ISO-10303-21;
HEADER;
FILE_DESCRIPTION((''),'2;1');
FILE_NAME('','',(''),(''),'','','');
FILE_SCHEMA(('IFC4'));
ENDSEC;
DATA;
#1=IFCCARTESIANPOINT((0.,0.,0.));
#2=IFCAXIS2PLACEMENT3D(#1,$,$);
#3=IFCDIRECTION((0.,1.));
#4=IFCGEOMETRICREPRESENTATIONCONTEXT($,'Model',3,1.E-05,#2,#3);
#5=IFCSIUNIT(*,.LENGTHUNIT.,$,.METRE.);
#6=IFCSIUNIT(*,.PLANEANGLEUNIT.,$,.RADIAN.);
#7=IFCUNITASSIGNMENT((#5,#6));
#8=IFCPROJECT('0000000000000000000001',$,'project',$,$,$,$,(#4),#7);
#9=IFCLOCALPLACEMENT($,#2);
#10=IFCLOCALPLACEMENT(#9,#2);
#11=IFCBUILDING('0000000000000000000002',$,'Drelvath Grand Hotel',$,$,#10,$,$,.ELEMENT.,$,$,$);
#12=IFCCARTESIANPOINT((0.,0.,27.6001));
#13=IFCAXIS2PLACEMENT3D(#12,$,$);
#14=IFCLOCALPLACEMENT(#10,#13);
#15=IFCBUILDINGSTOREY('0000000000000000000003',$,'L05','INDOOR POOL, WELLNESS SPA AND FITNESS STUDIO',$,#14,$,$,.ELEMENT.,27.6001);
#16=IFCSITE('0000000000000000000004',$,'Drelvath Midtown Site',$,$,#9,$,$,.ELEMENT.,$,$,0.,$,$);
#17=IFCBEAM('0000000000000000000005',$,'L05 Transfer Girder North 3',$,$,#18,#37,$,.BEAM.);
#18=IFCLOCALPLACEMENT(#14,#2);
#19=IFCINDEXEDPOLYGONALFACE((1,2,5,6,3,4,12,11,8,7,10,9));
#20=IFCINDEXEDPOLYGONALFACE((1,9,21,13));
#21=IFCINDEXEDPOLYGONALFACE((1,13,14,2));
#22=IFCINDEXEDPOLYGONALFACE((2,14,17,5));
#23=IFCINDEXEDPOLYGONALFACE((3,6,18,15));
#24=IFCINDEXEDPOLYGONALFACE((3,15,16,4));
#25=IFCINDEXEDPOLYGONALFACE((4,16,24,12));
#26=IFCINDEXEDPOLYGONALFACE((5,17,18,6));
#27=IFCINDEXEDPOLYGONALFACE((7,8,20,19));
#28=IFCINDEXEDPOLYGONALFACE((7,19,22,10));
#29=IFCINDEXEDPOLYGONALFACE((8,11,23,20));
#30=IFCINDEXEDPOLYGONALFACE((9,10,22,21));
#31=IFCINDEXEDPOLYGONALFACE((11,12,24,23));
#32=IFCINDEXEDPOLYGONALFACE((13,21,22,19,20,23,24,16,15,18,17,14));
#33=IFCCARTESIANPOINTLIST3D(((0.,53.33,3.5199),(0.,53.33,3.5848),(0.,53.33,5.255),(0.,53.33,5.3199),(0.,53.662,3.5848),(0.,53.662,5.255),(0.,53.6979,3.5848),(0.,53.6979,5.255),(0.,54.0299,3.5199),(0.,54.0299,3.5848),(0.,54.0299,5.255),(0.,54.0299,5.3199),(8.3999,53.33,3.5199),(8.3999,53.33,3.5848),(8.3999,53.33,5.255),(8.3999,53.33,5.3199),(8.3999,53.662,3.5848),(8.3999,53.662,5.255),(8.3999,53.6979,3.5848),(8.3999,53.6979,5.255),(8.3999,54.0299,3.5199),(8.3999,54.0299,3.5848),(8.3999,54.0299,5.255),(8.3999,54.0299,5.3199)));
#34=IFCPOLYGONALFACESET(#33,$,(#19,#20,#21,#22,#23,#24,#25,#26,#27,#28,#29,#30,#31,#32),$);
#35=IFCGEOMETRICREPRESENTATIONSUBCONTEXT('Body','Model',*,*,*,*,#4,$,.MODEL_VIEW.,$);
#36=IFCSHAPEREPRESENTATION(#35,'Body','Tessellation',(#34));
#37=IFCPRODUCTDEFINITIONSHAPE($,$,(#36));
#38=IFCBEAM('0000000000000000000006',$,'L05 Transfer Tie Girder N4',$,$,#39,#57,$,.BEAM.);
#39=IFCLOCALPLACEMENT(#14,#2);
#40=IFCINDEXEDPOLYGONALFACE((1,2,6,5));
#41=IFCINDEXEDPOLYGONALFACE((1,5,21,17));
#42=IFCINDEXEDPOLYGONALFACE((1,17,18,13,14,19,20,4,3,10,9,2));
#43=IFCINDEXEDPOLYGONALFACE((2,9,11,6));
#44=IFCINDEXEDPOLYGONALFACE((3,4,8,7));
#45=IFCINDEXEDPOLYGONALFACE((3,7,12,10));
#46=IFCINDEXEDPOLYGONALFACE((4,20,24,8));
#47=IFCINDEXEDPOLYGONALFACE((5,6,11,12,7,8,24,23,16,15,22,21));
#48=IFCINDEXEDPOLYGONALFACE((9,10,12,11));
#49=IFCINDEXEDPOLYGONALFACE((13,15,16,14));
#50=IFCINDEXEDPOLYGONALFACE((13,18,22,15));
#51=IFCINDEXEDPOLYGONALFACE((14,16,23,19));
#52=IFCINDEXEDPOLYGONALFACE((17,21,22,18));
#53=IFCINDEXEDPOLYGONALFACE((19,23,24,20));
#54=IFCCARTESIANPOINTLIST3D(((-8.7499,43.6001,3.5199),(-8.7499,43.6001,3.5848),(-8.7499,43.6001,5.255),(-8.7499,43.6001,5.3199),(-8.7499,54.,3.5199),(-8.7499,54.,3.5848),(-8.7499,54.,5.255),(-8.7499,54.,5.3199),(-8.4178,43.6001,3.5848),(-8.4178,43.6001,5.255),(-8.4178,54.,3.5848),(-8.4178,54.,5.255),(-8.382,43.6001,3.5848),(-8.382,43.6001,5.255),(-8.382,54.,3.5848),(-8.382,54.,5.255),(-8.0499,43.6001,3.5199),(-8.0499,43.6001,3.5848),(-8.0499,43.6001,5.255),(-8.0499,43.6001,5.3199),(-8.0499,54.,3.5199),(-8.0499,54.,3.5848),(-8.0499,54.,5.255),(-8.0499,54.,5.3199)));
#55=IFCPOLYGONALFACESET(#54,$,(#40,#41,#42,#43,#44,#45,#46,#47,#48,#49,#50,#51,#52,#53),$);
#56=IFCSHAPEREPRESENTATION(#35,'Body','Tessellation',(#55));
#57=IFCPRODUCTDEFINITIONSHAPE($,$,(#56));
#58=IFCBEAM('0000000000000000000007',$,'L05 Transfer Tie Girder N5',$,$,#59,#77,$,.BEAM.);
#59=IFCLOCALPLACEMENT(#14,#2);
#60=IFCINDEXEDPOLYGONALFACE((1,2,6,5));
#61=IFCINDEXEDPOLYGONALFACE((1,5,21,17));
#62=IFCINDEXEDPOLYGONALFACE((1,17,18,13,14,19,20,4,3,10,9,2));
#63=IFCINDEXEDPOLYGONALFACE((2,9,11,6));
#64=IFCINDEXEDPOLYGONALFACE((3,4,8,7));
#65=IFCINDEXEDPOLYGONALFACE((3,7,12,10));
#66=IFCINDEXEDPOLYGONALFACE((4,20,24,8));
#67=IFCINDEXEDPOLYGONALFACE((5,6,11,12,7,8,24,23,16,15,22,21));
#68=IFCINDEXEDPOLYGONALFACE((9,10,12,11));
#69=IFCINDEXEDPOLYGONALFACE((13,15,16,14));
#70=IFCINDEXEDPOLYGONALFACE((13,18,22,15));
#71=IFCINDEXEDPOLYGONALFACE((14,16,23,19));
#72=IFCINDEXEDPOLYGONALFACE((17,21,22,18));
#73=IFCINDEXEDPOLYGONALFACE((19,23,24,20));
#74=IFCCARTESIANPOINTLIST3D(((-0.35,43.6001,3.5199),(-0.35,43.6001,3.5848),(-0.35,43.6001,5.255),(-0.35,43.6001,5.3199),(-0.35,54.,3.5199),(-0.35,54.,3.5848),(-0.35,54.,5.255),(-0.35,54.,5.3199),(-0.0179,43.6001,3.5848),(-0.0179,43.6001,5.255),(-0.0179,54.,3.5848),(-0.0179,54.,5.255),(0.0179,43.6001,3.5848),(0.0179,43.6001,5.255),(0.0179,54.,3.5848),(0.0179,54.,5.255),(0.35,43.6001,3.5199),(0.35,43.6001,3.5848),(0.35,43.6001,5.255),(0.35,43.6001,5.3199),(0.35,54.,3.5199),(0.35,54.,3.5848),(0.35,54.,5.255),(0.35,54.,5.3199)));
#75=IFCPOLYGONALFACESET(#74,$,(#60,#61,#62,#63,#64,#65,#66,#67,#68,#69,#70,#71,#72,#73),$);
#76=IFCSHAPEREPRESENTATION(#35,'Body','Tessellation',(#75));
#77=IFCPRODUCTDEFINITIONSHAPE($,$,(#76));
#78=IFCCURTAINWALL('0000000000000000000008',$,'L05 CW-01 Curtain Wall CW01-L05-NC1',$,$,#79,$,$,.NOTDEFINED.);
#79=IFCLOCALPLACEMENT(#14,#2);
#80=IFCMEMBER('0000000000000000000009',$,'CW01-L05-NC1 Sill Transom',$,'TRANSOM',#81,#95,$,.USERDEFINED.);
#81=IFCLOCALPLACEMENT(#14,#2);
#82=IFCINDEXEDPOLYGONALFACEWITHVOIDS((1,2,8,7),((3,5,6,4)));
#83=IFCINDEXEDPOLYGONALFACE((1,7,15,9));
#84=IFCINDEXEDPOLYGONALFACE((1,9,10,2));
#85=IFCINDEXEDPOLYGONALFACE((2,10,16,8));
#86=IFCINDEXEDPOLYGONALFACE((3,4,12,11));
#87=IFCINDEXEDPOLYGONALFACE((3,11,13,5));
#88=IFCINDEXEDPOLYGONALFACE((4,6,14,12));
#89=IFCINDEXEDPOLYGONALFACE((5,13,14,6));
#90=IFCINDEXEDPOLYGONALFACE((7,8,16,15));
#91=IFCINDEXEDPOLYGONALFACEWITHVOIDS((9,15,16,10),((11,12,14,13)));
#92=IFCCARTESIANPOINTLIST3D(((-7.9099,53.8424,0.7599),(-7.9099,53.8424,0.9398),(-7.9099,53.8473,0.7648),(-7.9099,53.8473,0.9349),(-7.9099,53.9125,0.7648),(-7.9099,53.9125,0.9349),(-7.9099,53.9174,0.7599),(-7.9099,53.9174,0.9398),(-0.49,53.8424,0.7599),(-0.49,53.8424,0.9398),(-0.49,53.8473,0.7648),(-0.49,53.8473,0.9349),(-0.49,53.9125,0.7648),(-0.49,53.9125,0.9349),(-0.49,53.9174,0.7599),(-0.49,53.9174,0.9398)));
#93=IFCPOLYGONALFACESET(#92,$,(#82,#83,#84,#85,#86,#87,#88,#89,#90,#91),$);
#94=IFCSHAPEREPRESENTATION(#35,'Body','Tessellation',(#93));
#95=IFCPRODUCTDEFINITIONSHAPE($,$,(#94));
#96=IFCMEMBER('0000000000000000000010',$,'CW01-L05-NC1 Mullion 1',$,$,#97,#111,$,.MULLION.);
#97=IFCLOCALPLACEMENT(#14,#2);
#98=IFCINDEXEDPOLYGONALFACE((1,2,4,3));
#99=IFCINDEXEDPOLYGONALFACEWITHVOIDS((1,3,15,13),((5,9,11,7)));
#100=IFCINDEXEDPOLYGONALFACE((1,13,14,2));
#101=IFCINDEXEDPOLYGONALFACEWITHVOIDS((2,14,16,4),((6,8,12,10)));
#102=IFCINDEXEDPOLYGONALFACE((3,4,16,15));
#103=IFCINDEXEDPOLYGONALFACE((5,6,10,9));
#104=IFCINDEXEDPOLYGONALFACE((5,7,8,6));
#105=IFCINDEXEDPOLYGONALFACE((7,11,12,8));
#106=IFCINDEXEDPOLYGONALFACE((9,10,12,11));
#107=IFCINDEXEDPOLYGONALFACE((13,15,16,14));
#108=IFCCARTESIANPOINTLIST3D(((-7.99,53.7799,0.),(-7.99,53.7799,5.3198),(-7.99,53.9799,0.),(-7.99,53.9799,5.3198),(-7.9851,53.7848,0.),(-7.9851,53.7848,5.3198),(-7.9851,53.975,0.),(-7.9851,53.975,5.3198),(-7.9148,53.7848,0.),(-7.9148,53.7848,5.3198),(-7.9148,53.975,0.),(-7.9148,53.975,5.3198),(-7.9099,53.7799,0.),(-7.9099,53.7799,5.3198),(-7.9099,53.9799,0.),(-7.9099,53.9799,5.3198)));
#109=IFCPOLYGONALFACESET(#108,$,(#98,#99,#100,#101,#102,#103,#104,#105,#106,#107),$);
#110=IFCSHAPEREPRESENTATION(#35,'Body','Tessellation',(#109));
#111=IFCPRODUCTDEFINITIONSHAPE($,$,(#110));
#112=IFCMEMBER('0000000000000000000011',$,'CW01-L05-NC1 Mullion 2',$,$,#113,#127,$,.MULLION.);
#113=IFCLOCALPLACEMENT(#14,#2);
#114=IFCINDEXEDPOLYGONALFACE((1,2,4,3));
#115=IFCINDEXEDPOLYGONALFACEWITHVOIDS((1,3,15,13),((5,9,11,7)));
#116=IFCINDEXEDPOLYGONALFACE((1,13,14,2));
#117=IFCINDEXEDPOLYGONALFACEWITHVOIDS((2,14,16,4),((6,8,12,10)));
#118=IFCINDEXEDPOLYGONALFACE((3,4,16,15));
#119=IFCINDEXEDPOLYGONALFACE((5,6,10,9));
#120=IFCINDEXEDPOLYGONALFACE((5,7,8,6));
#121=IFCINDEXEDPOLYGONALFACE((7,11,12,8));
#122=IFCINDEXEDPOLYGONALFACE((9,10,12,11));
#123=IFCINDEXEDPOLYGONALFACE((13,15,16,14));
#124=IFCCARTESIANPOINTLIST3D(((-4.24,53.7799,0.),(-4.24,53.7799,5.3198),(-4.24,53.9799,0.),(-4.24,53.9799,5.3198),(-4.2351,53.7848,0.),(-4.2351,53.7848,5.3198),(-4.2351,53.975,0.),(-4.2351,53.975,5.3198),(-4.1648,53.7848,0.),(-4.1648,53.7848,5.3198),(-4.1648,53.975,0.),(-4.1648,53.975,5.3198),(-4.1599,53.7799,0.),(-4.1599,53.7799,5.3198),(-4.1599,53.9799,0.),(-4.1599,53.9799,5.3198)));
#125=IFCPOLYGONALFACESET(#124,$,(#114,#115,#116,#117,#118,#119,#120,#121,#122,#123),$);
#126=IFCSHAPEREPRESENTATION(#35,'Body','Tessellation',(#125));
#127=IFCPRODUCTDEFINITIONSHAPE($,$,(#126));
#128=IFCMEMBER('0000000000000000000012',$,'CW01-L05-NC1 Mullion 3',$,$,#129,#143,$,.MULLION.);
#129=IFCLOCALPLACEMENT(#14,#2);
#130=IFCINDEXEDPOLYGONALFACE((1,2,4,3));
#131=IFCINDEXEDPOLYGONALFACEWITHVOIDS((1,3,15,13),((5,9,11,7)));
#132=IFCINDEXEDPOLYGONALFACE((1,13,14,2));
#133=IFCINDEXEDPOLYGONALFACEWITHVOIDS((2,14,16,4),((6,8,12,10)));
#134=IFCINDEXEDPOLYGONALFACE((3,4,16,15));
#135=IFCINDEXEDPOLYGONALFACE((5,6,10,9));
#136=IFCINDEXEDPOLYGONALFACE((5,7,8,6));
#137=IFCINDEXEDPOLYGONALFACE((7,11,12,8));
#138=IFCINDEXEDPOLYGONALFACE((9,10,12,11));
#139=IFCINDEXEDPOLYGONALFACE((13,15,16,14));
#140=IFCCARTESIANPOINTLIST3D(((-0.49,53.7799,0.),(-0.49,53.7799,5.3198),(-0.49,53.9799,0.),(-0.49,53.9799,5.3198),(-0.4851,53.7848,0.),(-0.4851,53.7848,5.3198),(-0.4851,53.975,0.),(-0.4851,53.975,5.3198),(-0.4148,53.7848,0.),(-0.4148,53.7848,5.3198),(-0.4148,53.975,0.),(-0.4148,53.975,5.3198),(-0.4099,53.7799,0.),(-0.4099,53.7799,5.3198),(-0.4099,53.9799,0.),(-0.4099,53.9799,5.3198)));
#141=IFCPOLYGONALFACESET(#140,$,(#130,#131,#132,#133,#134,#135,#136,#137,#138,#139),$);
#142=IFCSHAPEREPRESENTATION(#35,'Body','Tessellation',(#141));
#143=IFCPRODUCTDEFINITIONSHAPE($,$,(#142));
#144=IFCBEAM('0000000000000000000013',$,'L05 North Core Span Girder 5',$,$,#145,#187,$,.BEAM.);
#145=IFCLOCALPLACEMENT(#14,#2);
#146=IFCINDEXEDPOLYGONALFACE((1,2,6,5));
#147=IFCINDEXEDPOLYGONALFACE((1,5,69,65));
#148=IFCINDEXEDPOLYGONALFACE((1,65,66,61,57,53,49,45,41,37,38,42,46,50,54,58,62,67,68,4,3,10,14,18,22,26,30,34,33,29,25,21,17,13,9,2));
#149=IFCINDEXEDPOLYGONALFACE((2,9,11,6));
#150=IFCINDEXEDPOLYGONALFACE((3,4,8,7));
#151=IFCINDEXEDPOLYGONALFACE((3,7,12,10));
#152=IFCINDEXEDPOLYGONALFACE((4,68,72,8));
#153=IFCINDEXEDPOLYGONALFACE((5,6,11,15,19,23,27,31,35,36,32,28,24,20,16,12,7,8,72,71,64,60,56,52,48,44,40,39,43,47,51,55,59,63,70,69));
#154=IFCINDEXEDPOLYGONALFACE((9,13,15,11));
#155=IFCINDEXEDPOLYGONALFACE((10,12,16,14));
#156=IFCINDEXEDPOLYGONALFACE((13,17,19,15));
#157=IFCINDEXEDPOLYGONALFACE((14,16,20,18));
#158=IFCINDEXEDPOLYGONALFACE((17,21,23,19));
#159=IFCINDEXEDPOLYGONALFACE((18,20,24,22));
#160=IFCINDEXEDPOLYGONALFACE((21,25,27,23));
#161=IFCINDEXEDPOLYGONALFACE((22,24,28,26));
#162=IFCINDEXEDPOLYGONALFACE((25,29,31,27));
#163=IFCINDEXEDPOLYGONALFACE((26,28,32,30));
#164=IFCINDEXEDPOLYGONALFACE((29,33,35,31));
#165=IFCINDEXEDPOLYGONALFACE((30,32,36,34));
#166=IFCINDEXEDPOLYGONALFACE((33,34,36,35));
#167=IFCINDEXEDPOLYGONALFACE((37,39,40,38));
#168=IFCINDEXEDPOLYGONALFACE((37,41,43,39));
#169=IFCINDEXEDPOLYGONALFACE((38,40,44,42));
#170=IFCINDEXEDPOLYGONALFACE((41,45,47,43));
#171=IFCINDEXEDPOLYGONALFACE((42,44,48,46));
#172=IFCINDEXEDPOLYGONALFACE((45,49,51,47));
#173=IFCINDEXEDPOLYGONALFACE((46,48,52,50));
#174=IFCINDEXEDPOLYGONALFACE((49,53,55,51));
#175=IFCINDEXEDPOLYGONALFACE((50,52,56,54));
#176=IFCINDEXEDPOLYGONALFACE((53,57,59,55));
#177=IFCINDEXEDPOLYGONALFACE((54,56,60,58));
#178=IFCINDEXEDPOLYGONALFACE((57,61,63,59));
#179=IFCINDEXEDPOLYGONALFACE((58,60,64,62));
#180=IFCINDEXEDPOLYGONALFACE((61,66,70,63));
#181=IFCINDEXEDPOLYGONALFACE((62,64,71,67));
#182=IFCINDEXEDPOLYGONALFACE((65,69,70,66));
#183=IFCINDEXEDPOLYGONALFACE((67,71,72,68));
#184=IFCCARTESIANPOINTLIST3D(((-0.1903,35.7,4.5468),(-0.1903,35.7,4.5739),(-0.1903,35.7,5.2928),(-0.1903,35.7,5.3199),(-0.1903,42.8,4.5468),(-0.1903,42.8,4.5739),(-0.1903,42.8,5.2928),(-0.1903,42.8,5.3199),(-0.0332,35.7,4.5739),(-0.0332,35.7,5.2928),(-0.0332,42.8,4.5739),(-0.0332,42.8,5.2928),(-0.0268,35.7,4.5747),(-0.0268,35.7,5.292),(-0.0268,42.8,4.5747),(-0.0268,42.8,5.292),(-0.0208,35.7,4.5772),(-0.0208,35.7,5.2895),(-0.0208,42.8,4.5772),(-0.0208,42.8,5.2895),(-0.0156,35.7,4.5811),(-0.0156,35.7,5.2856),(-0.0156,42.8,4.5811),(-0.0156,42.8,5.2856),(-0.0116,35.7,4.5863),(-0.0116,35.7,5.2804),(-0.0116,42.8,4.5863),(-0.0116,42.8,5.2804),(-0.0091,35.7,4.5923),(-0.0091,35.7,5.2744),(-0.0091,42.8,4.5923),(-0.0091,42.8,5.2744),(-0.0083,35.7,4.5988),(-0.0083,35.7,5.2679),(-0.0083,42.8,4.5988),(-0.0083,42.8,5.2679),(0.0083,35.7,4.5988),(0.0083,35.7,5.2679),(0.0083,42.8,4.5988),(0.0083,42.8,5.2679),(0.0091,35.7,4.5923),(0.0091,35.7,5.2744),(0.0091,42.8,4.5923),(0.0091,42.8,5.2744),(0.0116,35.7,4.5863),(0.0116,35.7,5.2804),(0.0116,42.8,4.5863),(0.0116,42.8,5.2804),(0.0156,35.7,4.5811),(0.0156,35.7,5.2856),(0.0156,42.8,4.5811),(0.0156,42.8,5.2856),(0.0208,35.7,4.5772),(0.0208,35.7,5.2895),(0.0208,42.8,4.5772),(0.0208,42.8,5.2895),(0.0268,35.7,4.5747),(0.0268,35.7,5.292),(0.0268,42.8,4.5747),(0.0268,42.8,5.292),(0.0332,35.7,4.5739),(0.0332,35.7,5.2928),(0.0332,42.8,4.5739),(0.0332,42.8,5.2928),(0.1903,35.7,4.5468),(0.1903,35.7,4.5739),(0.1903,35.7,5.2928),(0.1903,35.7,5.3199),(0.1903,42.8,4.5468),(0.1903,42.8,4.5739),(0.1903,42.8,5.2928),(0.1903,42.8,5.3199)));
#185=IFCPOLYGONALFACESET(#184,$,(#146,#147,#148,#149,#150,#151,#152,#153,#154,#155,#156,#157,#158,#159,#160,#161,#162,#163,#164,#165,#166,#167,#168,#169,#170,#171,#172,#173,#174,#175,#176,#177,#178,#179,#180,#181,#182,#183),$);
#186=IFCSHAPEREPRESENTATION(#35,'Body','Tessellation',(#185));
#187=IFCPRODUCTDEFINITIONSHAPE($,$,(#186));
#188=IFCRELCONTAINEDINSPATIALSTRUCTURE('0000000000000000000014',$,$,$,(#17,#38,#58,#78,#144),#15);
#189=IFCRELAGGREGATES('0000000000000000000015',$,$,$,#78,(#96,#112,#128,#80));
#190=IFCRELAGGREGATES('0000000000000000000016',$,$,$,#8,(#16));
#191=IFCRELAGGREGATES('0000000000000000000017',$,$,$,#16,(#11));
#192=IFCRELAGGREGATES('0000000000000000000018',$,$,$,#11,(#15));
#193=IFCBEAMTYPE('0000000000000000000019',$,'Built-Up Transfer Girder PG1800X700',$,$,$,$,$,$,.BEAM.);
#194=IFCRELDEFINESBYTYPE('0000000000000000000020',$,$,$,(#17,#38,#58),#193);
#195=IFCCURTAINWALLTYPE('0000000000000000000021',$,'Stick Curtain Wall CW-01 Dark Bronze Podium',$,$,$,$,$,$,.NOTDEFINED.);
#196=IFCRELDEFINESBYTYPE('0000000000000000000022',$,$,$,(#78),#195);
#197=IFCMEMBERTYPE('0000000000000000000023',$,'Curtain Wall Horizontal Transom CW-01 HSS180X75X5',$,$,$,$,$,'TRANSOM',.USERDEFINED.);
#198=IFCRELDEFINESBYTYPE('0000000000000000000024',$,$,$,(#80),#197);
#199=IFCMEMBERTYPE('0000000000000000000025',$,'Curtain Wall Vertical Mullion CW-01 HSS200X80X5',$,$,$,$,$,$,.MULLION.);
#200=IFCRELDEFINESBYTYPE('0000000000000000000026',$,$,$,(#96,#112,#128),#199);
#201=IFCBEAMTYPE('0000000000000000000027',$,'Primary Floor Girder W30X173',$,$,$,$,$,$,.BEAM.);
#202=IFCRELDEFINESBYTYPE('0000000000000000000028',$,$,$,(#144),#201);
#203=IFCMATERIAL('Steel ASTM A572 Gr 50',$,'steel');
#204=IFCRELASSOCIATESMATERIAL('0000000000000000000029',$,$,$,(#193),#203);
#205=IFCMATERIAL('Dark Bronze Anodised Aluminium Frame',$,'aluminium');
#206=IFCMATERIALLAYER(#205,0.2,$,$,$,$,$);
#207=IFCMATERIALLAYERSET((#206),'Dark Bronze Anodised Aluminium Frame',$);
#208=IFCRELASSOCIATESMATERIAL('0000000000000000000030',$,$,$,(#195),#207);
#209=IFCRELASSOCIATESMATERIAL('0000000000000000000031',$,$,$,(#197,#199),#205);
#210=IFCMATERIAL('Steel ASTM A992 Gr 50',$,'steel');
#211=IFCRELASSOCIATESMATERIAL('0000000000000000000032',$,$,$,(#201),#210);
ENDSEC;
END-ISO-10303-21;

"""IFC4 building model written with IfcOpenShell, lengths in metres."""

from ifc_helpers import new_model, si_unit, direction, frame, origin, origin_2d, place, context, subcontext, project, spatial, hollow_rectangle, i_section, extrude, material, layer, layer_set, material_profile, profile_set, type_object, element, aggregate, save


model = new_model("IFC4")

# Units and contexts
model_context = context("Model", 3, precision=1e-05, world=origin(), true_north=direction((0.0, 1.0)))
body_context = subcontext(model_context, "Body", "Model", "MODEL_VIEW")
ifc_project = project(units=[si_unit("LENGTHUNIT", "METRE"), si_unit("PLANEANGLEUNIT", "RADIAN")], contexts=[model_context])

# Site, building, storey
site_placement = place(None, origin())
site = spatial("IfcSite", under=ifc_project, at=site_placement, Name="Drelvath Midtown Site", CompositionType="ELEMENT", RefElevation=0.0)
building_placement = place(site_placement, origin())
building = spatial("IfcBuilding", under=site, at=building_placement, Name="Drelvath Grand Hotel", CompositionType="ELEMENT")
storey_placement = place(building_placement, frame((0.0, 0.0, 27.6001)))
storey = spatial("IfcBuildingStorey", under=building, at=storey_placement, Name="L05", Description="INDOOR POOL, WELLNESS SPA AND FITNESS STUDIO", CompositionType="ELEMENT", Elevation=27.6001)

# Beams
ifc_material_1 = material(Name="Steel ASTM A572 Gr 50", Category="steel")
ifc_material_profile_1 = material_profile(ifc_material_1, i_section(OverallWidth=0.7, OverallDepth=1.8, WebThickness=0.0359, FlangeThickness=0.0649, at=origin_2d()), Name="PG1800X700")
ifc_profile_set_1 = profile_set([ifc_material_profile_1], Name="Steel ASTM A572 Gr 50")
beam_type_1 = type_object("IfcBeamType", Name="Built-Up Transfer Girder PG1800X700", PredefinedType="BEAM", material=ifc_profile_set_1)
for number, where, z_axis, x_axis, name in (
    (1, (0.0, 53.6799, 4.4199), (1.0, 0.0, 0.0), (0.0, 1.0, 0.0), "L05 Transfer Girder North 3"),
):
    element("IfcBeam", number, at=place(storey_placement, frame(where, z_axis=z_axis, x_axis=x_axis)), inside=storey, type_object=beam_type_1, Name=name, PredefinedType="BEAM", context=body_context, shape_type="SweptSolid", body=[
        extrude(i_section(OverallWidth=0.7, OverallDepth=1.8, WebThickness=0.0359, FlangeThickness=0.0649, at=origin_2d()), origin(), (0.0, 0.0, 1.0), 8.3999),
    ])
for number, where, z_axis, x_axis, name in (
    (2, (-8.3999, 43.6001, 4.4199), (0.0, 1.0, 0.0), (-1.0, 0.0, 0.0), "L05 Transfer Tie Girder N4"),
    (3, (0.0, 43.6001, 4.4199), (0.0, 1.0, 0.0), (-1.0, 0.0, 0.0), "L05 Transfer Tie Girder N5"),
):
    element("IfcBeam", number, at=place(storey_placement, frame(where, z_axis=z_axis, x_axis=x_axis)), inside=storey, type_object=beam_type_1, Name=name, PredefinedType="BEAM", context=body_context, shape_type="SweptSolid", body=[
        extrude(i_section(OverallWidth=0.7, OverallDepth=1.8, WebThickness=0.0359, FlangeThickness=0.0649, at=origin_2d()), origin(), (0.0, 0.0, 1.0), 10.3999),
    ])

# Curtain wall, members
ifc_material_2 = material(Name="Dark Bronze Anodised Aluminium Frame", Category="aluminium")
ifc_layer_1 = layer(ifc_material_2, 0.2)
ifc_layer_set_1 = layer_set([ifc_layer_1], Name="Dark Bronze Anodised Aluminium Frame")
curtain_wall_type = type_object("IfcCurtainWallType", Name="Stick Curtain Wall CW-01 Dark Bronze Podium", PredefinedType="NOTDEFINED", material=ifc_layer_set_1)
curtain_wall_placement = place(storey_placement, origin())
curtain_wall = element("IfcCurtainWall", 4, at=curtain_wall_placement, inside=storey, type_object=curtain_wall_type, Name="L05 CW-01 Curtain Wall CW01-L05-NC1", PredefinedType="NOTDEFINED")
ifc_material_profile_2 = material_profile(ifc_material_2, hollow_rectangle(XDim=0.075, YDim=0.1799, WallThickness=0.0049, at=origin_2d()), Name="HSS180X75X5")
ifc_profile_set_2 = profile_set([ifc_material_profile_2], Name="Dark Bronze Anodised Aluminium Frame")
member_type_1 = type_object("IfcMemberType", Name="Curtain Wall Horizontal Transom CW-01 HSS180X75X5", ElementType="TRANSOM", PredefinedType="USERDEFINED", material=ifc_profile_set_2)
member_1_placement = place(storey_placement, frame((-7.9099, 53.8799, 0.8499), z_axis=(1.0, 0.0, 0.0), x_axis=(0.0, 1.0, 0.0)))
member_1 = element("IfcMember", 5, at=member_1_placement, type_object=member_type_1, Name="CW01-L05-NC1 Sill Transom", ObjectType="TRANSOM", PredefinedType="USERDEFINED", context=body_context, shape_type="SweptSolid", body=[
    extrude(hollow_rectangle(XDim=0.075, YDim=0.1799, WallThickness=0.0049, at=origin_2d()), origin(), (0.0, 0.0, 1.0), 7.4199),
])
ifc_material_profile_3 = material_profile(ifc_material_2, hollow_rectangle(XDim=0.0801, YDim=0.2, WallThickness=0.0049, at=origin_2d()), Name="HSS200X80X5")
ifc_profile_set_3 = profile_set([ifc_material_profile_3], Name="Dark Bronze Anodised Aluminium Frame")
member_type_2 = type_object("IfcMemberType", Name="Curtain Wall Vertical Mullion CW-01 HSS200X80X5", PredefinedType="MULLION", material=ifc_profile_set_3)
member_2_placement = place(storey_placement, frame((-7.95, 53.8799, 0.0), z_axis=(0.0, 0.0, 1.0), x_axis=(1.0, 0.0, 0.0)))
member_2 = element("IfcMember", 6, at=member_2_placement, type_object=member_type_2, Name="CW01-L05-NC1 Mullion 1", PredefinedType="MULLION", context=body_context, shape_type="SweptSolid", body=[
    extrude(hollow_rectangle(XDim=0.0801, YDim=0.2, WallThickness=0.0049, at=origin_2d()), origin(), (0.0, 0.0, 1.0), 5.3198),
])
member_3_placement = place(storey_placement, frame((-4.2, 53.8799, 0.0), z_axis=(0.0, 0.0, 1.0), x_axis=(1.0, 0.0, 0.0)))
member_3 = element("IfcMember", 7, at=member_3_placement, type_object=member_type_2, Name="CW01-L05-NC1 Mullion 2", PredefinedType="MULLION", context=body_context, shape_type="SweptSolid", body=[
    extrude(hollow_rectangle(XDim=0.0801, YDim=0.2, WallThickness=0.0049, at=origin_2d()), origin(), (0.0, 0.0, 1.0), 5.3198),
])
member_4_placement = place(storey_placement, frame((-0.45, 53.8799, 0.0), z_axis=(0.0, 0.0, 1.0), x_axis=(1.0, 0.0, 0.0)))
member_4 = element("IfcMember", 8, at=member_4_placement, type_object=member_type_2, Name="CW01-L05-NC1 Mullion 3", PredefinedType="MULLION", context=body_context, shape_type="SweptSolid", body=[
    extrude(hollow_rectangle(XDim=0.0801, YDim=0.2, WallThickness=0.0049, at=origin_2d()), origin(), (0.0, 0.0, 1.0), 5.3198),
])

# Beam
ifc_material_3 = material(Name="Steel ASTM A992 Gr 50", Category="steel")
ifc_material_profile_4 = material_profile(ifc_material_3, i_section(OverallWidth=0.3806, OverallDepth=0.7732, WebThickness=0.0166, FlangeThickness=0.0271, FilletRadius=0.0249, at=origin_2d()), Name="W30X173")
ifc_profile_set_4 = profile_set([ifc_material_profile_4], Name="Steel ASTM A992 Gr 50")
beam_type_2 = type_object("IfcBeamType", Name="Primary Floor Girder W30X173", PredefinedType="BEAM", material=ifc_profile_set_4)
beam_1_placement = place(storey_placement, frame((0.0, 35.7, 4.9333), z_axis=(0.0, 1.0, 0.0), x_axis=(-1.0, 0.0, 0.0)))
element("IfcBeam", 9, at=beam_1_placement, inside=storey, type_object=beam_type_2, Name="L05 North Core Span Girder 5", PredefinedType="BEAM", context=body_context, shape_type="SweptSolid", body=[
    extrude(i_section(OverallWidth=0.3806, OverallDepth=0.7732, WebThickness=0.0166, FlangeThickness=0.0271, FilletRadius=0.0249, at=origin_2d()), origin(), (0.0, 0.0, 1.0), 7.1001),
])

aggregate(curtain_wall, [member_2, member_3, member_4, member_1])

save(model, "model.ifc")
